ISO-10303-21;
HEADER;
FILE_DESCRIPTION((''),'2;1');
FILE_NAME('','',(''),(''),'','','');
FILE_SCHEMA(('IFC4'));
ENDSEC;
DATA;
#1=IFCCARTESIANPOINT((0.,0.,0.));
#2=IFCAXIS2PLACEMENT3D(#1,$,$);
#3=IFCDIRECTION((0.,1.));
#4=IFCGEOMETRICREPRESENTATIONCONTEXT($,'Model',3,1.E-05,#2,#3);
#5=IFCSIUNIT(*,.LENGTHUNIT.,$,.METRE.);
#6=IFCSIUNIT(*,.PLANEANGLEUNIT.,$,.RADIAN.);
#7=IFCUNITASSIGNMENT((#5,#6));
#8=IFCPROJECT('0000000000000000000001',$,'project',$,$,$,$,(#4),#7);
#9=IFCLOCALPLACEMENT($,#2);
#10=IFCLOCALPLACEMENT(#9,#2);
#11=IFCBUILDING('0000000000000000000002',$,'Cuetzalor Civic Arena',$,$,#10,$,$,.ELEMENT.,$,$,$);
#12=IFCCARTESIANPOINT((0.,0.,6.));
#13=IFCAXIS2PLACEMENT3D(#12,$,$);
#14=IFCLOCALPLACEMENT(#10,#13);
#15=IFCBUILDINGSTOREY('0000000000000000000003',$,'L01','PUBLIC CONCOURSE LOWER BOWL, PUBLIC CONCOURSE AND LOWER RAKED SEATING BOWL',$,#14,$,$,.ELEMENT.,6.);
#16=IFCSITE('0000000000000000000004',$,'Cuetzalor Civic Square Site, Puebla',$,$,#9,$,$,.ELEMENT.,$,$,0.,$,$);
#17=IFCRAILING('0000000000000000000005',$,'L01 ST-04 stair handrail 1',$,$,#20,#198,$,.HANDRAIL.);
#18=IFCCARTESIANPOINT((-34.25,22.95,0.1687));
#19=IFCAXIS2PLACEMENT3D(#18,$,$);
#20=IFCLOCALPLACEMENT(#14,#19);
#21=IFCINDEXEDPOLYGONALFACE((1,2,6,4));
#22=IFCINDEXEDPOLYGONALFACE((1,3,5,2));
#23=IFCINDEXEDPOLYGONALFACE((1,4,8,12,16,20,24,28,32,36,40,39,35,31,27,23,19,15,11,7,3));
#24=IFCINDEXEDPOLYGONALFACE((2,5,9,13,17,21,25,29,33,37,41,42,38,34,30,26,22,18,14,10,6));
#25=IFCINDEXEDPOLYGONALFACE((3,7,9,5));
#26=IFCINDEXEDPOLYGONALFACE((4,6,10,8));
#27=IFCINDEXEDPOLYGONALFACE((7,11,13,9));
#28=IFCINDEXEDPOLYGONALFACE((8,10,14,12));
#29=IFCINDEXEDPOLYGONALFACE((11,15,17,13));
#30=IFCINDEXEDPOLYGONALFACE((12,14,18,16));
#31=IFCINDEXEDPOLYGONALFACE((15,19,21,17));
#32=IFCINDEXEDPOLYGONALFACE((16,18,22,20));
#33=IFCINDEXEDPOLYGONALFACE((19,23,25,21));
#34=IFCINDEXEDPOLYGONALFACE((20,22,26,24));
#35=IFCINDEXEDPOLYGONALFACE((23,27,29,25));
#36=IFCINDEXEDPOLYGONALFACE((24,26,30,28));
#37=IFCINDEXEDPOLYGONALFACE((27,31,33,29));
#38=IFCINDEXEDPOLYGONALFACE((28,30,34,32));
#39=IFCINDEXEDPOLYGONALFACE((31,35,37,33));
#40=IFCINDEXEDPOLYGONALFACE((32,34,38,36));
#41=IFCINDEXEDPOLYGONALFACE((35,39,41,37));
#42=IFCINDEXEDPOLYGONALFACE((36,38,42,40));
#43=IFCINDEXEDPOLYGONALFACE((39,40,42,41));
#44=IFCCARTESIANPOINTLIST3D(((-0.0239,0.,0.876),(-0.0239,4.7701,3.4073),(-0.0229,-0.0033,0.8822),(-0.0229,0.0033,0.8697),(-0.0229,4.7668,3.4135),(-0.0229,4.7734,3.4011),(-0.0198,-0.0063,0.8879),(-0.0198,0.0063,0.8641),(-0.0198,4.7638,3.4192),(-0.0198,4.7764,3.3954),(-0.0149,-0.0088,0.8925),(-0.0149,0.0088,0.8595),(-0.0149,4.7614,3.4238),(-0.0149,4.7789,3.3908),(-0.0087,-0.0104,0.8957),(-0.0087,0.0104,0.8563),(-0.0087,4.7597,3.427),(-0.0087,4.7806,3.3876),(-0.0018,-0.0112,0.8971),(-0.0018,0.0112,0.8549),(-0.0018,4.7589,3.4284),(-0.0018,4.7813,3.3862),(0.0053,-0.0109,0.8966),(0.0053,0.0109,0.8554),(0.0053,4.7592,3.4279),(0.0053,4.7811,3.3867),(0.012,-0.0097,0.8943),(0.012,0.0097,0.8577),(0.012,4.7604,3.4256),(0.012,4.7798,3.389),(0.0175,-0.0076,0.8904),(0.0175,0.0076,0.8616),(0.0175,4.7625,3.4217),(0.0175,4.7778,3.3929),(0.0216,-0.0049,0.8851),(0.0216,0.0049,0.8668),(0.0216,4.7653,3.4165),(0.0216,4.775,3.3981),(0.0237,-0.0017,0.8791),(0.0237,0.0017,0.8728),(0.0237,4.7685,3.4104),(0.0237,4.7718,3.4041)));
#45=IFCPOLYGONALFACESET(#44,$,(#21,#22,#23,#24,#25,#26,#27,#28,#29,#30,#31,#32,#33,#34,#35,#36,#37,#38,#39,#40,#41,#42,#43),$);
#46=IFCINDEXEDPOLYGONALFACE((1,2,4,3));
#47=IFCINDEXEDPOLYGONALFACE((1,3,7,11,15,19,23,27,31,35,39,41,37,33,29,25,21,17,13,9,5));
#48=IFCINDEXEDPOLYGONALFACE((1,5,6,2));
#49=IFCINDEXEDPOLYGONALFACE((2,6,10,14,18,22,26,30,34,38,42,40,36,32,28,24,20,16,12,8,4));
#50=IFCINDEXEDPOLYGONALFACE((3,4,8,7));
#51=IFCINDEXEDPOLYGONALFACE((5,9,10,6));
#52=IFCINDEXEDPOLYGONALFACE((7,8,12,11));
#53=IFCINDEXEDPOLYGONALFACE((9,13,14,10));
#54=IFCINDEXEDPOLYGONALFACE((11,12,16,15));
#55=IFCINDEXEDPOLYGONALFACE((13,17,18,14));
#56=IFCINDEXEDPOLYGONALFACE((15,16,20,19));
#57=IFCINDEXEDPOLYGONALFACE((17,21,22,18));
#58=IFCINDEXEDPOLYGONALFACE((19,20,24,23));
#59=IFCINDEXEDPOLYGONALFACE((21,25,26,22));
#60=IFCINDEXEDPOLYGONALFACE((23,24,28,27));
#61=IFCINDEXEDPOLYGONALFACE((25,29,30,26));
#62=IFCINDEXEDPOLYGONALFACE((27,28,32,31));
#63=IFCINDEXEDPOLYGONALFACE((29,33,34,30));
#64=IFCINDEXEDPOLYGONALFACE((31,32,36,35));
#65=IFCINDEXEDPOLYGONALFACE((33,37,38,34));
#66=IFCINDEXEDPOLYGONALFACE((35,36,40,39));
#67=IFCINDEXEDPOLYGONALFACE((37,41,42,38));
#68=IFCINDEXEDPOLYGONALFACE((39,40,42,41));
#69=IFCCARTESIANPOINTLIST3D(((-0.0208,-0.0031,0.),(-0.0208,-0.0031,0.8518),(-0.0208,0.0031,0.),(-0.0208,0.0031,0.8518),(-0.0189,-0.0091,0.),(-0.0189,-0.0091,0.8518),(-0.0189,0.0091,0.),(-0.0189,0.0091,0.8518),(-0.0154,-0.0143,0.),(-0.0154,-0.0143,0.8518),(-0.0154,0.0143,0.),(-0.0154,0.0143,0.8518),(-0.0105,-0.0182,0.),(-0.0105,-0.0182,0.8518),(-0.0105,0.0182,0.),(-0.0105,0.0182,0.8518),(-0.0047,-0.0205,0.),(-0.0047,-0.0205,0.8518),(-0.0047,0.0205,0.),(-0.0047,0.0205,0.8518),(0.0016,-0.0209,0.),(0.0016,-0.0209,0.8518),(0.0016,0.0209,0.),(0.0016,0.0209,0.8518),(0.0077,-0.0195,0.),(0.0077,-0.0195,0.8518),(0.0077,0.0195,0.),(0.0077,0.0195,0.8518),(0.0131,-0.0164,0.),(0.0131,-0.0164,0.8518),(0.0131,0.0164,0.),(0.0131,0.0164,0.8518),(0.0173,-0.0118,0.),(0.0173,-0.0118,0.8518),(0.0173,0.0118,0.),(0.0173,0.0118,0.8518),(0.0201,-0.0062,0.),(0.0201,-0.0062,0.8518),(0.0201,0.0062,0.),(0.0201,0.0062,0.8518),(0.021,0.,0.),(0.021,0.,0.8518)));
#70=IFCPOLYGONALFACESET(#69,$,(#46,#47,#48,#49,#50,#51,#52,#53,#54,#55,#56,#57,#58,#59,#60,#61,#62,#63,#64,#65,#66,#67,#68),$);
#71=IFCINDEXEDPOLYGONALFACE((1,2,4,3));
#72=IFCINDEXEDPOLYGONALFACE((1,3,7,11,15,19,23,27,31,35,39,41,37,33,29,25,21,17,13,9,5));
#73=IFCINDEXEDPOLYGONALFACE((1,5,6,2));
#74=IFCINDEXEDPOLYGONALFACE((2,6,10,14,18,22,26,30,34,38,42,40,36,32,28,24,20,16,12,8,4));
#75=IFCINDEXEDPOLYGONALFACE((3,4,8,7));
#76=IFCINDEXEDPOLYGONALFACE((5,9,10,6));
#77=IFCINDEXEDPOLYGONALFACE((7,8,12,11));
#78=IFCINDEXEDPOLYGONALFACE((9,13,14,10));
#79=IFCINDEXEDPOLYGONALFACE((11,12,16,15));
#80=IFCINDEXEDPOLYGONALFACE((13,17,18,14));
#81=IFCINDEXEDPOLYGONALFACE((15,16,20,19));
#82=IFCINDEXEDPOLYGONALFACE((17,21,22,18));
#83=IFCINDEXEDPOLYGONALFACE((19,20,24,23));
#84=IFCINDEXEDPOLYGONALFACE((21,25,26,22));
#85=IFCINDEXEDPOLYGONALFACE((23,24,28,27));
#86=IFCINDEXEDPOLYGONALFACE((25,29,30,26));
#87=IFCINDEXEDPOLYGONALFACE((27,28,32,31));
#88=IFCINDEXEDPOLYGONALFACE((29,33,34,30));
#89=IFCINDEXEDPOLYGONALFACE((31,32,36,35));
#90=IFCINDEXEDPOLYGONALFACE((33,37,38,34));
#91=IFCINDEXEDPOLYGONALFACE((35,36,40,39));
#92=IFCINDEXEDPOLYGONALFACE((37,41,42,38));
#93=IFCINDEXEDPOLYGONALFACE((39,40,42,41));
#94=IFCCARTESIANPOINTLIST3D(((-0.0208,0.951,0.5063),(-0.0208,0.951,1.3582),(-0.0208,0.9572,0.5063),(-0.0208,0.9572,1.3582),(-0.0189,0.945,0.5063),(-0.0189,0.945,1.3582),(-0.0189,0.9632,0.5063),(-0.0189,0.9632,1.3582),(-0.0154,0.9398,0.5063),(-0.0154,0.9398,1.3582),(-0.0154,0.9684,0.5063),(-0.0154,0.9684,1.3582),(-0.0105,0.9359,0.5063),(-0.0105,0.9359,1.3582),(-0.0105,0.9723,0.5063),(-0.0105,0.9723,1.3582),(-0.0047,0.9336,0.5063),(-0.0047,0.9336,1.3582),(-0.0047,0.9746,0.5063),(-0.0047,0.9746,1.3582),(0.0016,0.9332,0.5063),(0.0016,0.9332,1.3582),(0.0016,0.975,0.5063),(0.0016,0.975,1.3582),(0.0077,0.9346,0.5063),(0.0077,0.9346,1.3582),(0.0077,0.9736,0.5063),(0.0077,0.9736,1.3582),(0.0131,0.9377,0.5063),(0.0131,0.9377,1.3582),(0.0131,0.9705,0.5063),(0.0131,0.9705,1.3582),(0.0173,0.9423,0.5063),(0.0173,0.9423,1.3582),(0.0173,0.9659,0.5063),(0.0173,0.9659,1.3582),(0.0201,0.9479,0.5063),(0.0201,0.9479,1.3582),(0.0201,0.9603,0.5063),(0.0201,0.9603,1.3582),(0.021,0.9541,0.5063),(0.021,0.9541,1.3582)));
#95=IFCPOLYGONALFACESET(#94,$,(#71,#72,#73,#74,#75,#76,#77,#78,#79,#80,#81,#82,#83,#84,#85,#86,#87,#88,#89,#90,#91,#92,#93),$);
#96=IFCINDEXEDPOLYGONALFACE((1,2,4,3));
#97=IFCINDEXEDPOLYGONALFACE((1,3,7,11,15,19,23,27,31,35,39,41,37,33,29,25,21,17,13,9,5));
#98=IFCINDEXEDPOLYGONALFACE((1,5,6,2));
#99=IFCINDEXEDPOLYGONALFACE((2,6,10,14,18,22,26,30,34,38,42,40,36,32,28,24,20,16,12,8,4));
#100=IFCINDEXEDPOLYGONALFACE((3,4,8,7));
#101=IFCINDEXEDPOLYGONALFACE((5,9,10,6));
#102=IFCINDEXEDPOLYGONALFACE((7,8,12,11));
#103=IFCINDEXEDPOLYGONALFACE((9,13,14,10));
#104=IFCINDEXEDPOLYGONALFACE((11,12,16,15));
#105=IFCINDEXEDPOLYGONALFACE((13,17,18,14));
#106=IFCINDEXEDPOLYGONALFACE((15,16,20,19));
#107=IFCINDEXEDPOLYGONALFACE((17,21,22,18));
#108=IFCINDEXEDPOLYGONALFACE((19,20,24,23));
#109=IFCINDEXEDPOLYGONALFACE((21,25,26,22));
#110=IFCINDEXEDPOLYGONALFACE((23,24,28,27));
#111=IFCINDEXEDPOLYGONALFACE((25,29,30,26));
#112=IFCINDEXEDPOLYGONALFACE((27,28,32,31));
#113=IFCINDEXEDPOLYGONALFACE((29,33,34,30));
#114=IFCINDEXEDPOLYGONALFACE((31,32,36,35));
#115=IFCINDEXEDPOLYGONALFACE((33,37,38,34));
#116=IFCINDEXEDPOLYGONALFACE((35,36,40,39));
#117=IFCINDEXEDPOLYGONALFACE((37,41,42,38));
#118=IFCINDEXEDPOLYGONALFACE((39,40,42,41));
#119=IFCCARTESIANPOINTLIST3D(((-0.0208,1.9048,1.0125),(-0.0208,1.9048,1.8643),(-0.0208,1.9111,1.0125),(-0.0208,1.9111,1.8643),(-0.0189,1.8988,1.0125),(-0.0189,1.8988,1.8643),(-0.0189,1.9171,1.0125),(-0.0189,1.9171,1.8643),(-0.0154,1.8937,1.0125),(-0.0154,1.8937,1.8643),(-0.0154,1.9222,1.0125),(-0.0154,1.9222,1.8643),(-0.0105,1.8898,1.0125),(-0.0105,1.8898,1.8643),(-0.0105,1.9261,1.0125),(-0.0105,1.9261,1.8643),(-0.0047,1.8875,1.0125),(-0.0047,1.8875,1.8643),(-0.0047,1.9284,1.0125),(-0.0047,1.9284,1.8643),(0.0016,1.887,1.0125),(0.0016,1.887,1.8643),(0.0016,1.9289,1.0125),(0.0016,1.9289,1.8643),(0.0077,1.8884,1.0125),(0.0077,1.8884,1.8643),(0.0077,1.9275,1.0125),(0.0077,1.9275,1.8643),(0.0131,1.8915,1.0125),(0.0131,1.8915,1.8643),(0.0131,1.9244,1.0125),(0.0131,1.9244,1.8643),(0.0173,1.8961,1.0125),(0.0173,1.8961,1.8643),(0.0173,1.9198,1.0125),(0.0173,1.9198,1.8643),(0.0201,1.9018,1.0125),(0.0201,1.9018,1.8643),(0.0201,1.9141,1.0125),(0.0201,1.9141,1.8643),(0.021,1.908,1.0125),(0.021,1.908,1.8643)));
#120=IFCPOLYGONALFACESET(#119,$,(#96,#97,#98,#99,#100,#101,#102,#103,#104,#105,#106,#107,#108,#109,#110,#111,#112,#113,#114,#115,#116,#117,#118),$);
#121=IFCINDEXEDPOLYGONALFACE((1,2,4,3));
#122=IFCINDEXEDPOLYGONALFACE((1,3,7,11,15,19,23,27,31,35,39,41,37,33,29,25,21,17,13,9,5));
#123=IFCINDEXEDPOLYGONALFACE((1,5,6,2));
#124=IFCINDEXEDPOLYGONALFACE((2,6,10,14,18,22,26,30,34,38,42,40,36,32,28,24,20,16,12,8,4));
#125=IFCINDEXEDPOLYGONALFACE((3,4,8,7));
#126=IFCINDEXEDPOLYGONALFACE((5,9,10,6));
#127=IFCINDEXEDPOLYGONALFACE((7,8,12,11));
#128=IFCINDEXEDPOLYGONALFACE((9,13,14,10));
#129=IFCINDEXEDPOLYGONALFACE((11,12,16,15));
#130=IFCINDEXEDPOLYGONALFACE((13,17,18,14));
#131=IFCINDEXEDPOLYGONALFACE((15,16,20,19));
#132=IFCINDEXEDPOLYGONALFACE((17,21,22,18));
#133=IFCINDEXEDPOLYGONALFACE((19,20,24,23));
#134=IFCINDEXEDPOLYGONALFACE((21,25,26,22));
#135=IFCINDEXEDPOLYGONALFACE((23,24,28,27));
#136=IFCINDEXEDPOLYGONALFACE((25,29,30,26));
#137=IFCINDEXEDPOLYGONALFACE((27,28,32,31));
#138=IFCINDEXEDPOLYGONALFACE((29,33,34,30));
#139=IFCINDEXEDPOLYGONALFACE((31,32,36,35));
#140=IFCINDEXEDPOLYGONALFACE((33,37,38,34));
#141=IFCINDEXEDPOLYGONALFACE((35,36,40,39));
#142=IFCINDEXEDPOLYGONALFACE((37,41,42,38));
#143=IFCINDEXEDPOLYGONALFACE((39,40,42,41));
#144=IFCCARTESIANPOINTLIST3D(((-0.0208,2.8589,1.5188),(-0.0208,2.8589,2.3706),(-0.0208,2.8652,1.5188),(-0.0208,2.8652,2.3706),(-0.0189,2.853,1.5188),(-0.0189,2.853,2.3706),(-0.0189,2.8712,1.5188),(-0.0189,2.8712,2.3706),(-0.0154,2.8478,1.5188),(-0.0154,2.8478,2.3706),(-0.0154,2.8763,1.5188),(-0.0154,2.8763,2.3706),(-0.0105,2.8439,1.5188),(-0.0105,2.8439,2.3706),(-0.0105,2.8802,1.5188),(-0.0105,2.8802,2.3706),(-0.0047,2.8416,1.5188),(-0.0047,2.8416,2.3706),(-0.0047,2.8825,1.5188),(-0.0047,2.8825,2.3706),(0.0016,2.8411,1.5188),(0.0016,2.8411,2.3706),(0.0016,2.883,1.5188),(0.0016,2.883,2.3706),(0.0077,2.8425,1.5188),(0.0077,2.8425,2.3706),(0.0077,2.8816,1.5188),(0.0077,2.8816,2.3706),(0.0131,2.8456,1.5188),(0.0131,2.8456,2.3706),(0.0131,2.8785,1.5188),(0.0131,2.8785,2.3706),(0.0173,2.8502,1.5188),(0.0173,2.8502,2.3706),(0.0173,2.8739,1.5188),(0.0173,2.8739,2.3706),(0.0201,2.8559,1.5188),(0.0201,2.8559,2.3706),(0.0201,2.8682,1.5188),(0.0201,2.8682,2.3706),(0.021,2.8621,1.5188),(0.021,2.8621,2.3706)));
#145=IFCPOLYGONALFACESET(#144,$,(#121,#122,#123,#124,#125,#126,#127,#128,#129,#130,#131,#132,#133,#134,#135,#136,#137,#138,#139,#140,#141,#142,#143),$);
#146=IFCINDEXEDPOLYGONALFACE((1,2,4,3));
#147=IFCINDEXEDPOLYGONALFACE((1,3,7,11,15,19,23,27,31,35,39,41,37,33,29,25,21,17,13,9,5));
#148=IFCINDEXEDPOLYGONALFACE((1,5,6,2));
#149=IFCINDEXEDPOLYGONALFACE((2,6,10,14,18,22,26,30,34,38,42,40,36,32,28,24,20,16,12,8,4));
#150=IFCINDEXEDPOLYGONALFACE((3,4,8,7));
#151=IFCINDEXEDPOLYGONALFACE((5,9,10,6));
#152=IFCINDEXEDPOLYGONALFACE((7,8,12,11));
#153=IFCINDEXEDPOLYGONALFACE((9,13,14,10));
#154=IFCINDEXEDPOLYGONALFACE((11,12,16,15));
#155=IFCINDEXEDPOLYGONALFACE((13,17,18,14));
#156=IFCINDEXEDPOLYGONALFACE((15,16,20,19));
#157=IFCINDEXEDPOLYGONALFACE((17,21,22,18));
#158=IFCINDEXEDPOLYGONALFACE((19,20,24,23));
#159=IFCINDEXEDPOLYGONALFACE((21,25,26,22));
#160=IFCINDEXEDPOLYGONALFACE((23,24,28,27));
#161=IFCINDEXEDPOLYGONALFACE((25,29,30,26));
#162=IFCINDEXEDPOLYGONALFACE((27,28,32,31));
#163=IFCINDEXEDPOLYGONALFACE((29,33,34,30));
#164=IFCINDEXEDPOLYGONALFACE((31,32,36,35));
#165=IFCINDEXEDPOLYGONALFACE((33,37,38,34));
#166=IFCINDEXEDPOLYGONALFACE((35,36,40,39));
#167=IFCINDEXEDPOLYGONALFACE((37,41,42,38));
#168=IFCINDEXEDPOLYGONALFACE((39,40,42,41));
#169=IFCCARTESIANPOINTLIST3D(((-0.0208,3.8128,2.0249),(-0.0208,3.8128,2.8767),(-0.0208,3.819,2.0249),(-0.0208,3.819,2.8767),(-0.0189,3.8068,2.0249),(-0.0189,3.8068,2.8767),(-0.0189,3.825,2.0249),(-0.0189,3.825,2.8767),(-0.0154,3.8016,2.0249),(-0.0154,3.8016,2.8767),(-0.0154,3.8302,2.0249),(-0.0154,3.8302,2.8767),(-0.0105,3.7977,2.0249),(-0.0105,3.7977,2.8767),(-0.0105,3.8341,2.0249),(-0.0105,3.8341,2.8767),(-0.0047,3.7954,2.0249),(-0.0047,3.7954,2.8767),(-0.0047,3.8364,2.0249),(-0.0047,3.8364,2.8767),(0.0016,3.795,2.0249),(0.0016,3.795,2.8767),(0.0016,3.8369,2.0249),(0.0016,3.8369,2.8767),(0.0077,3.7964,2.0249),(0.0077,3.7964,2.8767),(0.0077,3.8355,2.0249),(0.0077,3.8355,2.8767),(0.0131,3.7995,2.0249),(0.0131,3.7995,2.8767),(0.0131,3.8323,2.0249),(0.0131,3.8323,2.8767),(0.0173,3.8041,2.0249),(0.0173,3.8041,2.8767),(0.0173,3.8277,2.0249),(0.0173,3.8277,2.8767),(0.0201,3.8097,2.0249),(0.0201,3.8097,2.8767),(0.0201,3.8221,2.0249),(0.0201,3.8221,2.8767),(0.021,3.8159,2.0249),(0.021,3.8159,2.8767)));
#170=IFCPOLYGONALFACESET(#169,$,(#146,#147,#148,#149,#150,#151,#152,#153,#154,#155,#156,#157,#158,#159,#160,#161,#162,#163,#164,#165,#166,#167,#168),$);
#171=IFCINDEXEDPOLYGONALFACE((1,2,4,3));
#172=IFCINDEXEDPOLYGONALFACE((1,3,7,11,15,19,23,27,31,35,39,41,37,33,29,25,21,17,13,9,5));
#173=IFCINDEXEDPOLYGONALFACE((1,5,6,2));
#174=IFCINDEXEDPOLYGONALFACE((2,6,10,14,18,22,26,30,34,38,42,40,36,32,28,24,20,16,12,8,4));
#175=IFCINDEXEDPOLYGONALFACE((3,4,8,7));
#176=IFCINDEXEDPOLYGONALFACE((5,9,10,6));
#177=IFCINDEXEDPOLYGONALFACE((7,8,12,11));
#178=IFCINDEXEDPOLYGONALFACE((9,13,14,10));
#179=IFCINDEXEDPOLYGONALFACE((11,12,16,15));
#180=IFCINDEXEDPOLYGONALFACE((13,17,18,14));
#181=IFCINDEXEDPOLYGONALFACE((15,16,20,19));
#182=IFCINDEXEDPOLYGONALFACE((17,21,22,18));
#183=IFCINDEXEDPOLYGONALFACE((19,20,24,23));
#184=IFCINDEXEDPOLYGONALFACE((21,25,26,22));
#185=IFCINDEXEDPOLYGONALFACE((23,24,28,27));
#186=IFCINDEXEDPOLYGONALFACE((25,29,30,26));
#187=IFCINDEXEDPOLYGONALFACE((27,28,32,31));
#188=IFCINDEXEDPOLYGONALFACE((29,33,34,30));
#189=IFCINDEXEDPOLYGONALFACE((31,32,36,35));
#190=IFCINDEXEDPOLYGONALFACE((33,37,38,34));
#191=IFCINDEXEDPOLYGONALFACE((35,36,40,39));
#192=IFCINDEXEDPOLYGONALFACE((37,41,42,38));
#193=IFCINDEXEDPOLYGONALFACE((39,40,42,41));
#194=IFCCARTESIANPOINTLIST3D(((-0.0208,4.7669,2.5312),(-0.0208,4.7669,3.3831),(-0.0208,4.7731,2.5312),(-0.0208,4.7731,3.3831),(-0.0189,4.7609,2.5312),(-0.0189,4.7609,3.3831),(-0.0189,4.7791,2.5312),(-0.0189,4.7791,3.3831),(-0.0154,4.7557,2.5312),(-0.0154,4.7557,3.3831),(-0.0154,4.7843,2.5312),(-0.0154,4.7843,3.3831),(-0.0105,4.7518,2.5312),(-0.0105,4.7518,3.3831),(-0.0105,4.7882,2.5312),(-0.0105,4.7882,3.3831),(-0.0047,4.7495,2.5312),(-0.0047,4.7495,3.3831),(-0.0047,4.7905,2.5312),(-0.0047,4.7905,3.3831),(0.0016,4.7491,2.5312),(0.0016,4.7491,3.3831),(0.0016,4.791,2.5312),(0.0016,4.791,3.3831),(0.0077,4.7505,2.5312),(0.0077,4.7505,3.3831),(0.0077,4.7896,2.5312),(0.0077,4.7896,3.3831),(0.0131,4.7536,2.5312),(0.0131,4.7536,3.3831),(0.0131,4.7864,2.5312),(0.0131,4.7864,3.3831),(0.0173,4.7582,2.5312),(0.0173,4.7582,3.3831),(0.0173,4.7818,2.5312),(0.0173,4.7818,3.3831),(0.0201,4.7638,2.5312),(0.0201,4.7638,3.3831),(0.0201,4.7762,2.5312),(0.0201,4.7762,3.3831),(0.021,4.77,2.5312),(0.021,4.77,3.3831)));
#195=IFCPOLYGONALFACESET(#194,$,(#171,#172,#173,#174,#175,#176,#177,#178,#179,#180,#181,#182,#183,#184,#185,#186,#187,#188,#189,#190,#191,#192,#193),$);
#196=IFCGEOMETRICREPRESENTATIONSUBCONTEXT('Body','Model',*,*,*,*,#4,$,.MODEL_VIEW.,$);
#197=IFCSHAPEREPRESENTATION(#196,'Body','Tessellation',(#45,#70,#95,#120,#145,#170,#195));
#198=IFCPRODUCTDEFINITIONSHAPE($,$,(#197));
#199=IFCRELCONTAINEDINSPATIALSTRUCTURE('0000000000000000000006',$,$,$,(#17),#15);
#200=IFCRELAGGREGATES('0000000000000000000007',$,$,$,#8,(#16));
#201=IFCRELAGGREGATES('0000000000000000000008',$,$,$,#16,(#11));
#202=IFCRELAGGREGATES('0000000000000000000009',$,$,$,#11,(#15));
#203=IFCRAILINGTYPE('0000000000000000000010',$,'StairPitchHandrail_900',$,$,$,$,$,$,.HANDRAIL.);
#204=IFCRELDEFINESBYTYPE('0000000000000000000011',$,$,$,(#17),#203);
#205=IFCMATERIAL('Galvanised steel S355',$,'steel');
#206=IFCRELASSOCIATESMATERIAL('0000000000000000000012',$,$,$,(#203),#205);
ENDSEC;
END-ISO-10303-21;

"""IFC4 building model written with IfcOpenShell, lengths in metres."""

from ifc_helpers import new_model, si_unit, direction, frame, origin, origin_2d, place, context, subcontext, project, spatial, circle, extrude, material, type_object, element, save


model = new_model("IFC4")

# Units and contexts
model_context = context("Model", 3, precision=1e-05, world=origin(), true_north=direction((0.0, 1.0)))
body_context = subcontext(model_context, "Body", "Model", "MODEL_VIEW")
ifc_project = project(units=[si_unit("LENGTHUNIT", "METRE"), si_unit("PLANEANGLEUNIT", "RADIAN")], contexts=[model_context])

# Site, building, storey
site_placement = place(None, origin())
site = spatial("IfcSite", under=ifc_project, at=site_placement, Name="Cuetzalor Civic Square Site, Puebla", CompositionType="ELEMENT", RefElevation=0.0)
building_placement = place(site_placement, origin())
building = spatial("IfcBuilding", under=site, at=building_placement, Name="Cuetzalor Civic Arena", CompositionType="ELEMENT")
storey_placement = place(building_placement, frame((0.0, 0.0, 6.0)))
storey = spatial("IfcBuildingStorey", under=building, at=storey_placement, Name="L01", Description="PUBLIC CONCOURSE LOWER BOWL, PUBLIC CONCOURSE AND LOWER RAKED SEATING BOWL", CompositionType="ELEMENT", Elevation=6.0)

# Railing
ifc_material_1 = material(Name="Galvanised steel S355", Category="steel")
railing_type_1 = type_object("IfcRailingType", Name="StairPitchHandrail_900", PredefinedType="HANDRAIL", material=ifc_material_1)
railing_1_placement = place(storey_placement, frame((-34.25, 22.95, 0.1687)))
element("IfcRailing", 1, at=railing_1_placement, inside=storey, type_object=railing_type_1, Name="L01 ST-04 stair handrail 1", PredefinedType="HANDRAIL", context=body_context, shape_type="SweptSolid", body=[
    extrude(circle(Radius=0.0239, at=origin_2d()), frame((0.0, 0.0, 0.876), z_axis=(0.0, 0.883332, 0.468747), x_axis=(-1.0, 0.0, 0.0)), (0.0, 0.0, 1.0), 5.4001),
    extrude(circle(Radius=0.021, at=origin_2d()), origin(), (0.0, 0.0, 1.0), 0.8518),
    extrude(circle(Radius=0.021, at=origin_2d()), frame((0.0, 0.9541, 0.5063)), (0.0, 0.0, 1.0), 0.8518),
    extrude(circle(Radius=0.021, at=origin_2d()), frame((0.0, 1.908, 1.0125)), (0.0, 0.0, 1.0), 0.8518),
    extrude(circle(Radius=0.021, at=origin_2d()), frame((0.0, 2.8621, 1.5188)), (0.0, 0.0, 1.0), 0.8518),
    extrude(circle(Radius=0.021, at=origin_2d()), frame((0.0, 3.8159, 2.0249)), (0.0, 0.0, 1.0), 0.8518),
    extrude(circle(Radius=0.021, at=origin_2d()), frame((0.0, 4.77, 2.5312)), (0.0, 0.0, 1.0), 0.8518),
])

save(model, "model.ifc")
